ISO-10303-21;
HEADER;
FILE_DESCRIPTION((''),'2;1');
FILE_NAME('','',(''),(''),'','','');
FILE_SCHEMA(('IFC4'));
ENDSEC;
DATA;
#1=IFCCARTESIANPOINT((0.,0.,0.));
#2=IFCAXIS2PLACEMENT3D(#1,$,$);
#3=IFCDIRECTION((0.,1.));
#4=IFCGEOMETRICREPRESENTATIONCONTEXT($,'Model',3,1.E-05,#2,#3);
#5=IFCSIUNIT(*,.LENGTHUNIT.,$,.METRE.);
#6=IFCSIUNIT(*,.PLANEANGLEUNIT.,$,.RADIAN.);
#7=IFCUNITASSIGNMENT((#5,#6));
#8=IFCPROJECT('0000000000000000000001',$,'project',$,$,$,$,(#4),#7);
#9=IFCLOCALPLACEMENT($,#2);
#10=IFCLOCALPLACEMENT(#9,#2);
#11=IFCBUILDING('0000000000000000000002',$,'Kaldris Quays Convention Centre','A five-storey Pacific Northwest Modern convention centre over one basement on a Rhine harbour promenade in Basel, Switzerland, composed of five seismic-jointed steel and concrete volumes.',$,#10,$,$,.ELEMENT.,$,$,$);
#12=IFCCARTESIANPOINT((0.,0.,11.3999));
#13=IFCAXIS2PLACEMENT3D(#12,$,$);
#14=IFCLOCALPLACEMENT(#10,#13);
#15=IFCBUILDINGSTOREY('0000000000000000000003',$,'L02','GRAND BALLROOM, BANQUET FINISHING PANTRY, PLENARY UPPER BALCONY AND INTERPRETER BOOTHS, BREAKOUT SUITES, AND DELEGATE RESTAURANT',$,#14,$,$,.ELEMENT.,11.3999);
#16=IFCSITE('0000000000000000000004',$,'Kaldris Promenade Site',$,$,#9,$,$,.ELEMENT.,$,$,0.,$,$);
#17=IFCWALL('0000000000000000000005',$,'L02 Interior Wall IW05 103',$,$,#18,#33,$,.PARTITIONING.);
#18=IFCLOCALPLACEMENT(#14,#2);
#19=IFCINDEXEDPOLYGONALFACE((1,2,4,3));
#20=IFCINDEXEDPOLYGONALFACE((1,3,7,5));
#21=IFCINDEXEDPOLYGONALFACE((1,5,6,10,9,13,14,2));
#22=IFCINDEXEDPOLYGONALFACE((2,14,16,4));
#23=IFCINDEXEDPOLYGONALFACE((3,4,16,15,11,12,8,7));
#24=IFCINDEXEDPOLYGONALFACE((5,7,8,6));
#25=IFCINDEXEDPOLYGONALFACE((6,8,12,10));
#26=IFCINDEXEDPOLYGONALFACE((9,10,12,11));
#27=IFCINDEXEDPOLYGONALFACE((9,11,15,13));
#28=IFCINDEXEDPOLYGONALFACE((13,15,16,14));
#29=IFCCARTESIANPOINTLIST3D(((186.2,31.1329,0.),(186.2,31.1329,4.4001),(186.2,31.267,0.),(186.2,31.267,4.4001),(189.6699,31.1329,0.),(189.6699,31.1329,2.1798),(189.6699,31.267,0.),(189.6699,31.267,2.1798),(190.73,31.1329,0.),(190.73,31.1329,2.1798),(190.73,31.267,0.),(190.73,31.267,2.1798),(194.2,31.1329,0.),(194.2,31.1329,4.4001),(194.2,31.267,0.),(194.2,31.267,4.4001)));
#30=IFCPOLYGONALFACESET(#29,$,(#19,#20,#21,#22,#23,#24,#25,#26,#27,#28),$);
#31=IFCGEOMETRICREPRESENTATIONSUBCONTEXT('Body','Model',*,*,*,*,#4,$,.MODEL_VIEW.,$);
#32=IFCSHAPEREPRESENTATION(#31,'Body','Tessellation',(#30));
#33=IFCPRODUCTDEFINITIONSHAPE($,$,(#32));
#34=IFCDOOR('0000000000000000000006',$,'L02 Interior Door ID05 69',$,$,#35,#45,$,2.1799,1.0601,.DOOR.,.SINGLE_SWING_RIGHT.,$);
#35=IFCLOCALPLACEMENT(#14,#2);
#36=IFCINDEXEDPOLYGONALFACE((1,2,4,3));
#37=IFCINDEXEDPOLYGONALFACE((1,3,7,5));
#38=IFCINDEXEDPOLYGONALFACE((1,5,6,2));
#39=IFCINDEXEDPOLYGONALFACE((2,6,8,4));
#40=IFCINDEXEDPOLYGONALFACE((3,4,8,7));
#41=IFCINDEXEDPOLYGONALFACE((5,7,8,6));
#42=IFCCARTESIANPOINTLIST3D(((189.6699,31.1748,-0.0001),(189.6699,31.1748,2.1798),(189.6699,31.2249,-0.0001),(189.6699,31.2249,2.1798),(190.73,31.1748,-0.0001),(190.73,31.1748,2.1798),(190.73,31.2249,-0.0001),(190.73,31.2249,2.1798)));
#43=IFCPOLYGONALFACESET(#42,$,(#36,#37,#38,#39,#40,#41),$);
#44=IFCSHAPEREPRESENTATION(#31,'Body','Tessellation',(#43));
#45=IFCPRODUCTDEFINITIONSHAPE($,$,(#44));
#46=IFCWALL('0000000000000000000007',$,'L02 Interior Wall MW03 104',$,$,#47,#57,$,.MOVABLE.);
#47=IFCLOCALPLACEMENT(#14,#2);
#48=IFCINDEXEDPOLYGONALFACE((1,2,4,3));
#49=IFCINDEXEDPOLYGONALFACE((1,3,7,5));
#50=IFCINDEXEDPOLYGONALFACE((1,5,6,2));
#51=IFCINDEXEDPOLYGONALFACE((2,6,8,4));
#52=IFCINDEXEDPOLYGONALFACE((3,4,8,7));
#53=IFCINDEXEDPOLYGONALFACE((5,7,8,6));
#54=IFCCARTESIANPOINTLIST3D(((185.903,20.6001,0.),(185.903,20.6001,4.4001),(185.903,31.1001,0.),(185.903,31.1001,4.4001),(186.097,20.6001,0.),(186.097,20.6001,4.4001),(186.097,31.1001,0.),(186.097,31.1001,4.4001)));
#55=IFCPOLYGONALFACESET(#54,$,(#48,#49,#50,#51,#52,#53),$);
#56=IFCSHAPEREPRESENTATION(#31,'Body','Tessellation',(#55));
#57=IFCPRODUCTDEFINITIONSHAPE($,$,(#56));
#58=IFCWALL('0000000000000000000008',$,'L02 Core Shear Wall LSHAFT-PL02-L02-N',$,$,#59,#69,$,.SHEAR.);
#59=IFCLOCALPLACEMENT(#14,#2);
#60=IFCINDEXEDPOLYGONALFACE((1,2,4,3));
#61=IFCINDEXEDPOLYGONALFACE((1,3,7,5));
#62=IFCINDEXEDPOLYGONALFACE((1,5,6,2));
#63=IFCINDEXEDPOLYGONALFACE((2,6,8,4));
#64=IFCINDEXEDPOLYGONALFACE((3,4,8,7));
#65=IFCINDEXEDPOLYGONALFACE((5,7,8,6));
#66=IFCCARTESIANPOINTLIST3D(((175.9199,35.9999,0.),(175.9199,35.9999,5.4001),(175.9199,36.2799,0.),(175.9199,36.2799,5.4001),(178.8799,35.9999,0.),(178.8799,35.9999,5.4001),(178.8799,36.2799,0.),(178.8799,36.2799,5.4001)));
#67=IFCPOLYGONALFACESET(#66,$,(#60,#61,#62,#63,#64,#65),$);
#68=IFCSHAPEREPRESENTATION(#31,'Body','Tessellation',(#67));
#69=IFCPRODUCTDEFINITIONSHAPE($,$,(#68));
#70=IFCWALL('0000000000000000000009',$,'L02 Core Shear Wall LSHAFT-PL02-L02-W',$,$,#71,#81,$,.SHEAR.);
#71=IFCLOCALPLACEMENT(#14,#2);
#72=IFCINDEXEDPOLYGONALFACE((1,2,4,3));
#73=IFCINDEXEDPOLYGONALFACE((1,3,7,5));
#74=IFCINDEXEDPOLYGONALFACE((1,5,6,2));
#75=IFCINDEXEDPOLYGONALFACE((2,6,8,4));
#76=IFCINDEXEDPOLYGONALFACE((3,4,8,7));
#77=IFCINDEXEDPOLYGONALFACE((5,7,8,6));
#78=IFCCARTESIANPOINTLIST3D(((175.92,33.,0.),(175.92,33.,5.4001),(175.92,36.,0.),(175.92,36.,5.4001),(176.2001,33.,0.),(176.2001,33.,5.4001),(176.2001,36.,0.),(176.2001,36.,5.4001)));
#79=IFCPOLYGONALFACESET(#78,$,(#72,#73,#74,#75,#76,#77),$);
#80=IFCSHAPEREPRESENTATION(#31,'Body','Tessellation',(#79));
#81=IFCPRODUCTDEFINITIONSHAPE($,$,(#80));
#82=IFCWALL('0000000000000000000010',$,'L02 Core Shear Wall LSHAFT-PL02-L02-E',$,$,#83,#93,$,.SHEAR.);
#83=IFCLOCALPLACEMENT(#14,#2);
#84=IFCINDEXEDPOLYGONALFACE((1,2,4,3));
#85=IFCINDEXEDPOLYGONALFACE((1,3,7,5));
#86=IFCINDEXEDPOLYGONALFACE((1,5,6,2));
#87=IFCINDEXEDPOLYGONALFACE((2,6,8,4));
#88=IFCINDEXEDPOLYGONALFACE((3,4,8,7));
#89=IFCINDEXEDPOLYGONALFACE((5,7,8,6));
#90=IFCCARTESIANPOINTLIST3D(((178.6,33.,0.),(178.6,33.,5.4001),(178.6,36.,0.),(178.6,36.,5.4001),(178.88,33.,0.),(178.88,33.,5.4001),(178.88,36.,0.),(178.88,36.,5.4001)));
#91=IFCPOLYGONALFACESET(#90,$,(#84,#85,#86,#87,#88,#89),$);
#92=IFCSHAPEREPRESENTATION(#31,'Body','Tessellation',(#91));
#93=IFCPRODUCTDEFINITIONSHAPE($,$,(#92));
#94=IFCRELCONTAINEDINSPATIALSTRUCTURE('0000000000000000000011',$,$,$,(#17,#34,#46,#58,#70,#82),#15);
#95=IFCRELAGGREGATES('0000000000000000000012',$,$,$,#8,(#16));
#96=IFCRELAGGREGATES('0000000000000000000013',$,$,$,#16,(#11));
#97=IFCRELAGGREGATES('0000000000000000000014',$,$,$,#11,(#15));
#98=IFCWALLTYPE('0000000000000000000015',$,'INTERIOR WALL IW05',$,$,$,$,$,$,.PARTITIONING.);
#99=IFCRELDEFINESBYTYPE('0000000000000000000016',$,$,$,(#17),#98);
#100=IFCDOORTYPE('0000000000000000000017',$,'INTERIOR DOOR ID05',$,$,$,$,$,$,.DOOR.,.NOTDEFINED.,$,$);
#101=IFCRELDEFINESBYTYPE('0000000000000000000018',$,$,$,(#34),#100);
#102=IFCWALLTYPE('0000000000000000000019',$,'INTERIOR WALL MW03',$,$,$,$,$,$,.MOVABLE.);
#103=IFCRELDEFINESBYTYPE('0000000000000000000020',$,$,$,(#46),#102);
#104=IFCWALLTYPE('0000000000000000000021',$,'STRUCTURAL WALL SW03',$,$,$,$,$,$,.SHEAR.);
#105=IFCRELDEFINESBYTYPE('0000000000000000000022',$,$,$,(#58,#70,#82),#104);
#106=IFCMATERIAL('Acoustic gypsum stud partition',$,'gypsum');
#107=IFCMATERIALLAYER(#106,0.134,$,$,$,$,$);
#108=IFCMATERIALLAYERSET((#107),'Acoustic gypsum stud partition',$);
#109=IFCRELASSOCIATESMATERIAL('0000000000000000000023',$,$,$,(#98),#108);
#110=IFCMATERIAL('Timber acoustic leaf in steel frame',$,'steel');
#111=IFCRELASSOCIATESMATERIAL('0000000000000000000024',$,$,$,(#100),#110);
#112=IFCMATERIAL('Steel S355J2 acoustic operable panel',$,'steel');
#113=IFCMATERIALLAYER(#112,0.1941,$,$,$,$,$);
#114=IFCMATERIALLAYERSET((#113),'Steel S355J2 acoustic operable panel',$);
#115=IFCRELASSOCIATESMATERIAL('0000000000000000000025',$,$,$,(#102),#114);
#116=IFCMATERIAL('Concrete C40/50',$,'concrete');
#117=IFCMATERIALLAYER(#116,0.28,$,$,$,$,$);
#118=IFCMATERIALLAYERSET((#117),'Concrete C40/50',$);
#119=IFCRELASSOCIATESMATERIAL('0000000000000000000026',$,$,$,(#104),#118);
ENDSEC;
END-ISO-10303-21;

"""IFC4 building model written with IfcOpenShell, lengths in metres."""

from ifc_helpers import new_model, si_unit, direction, frame, frame_2d, origin, place, context, subcontext, project, spatial, rectangle, extrude, material, layer, layer_set, type_object, element, fill, save


model = new_model("IFC4")

# Units and contexts
model_context = context("Model", 3, precision=1e-05, world=origin(), true_north=direction((0.0, 1.0)))
body_context = subcontext(model_context, "Body", "Model", "MODEL_VIEW")
ifc_project = project(units=[si_unit("LENGTHUNIT", "METRE"), si_unit("PLANEANGLEUNIT", "RADIAN")], contexts=[model_context])

# Site, building, storey
site_placement = place(None, origin())
site = spatial("IfcSite", under=ifc_project, at=site_placement, Name="Kaldris Promenade Site", CompositionType="ELEMENT", RefElevation=0.0)
building_placement = place(site_placement, origin())
building = spatial("IfcBuilding", under=site, at=building_placement, Name="Kaldris Quays Convention Centre", Description="A five-storey Pacific Northwest Modern convention centre over one basement on a Rhine harbour promenade in Basel, Switzerland, composed of five seismic-jointed steel and concrete volumes.", CompositionType="ELEMENT")
storey_placement = place(building_placement, frame((0.0, 0.0, 11.3999)))
storey = spatial("IfcBuildingStorey", under=building, at=storey_placement, Name="L02", Description="GRAND BALLROOM, BANQUET FINISHING PANTRY, PLENARY UPPER BALCONY AND INTERPRETER BOOTHS, BREAKOUT SUITES, AND DELEGATE RESTAURANT", CompositionType="ELEMENT", Elevation=11.3999)

# Wall, opening, door
ifc_material_1 = material(Name="Acoustic gypsum stud partition", Category="gypsum")
ifc_layer_1 = layer(ifc_material_1, 0.134)
ifc_layer_set_1 = layer_set([ifc_layer_1], Name="Acoustic gypsum stud partition")
wall_type_1 = type_object("IfcWallType", Name="INTERIOR WALL IW05", PredefinedType="PARTITIONING", material=ifc_layer_set_1)
wall_1_placement = place(storey_placement, frame((186.2, 31.2, 0.0), z_axis=(0.0, 0.0, 1.0), x_axis=(1.0, 0.0, 0.0)))
wall_1 = element("IfcWall", 1, at=wall_1_placement, inside=storey, type_object=wall_type_1, Name="L02 Interior Wall IW05 103", PredefinedType="PARTITIONING", context=body_context, shape_type="SweptSolid", body=[
    extrude(rectangle(XDim=8.0, YDim=0.134, at=frame_2d((4.0, 0.0))), origin(), (0.0, 0.0, 1.0), 4.4001),
])
opening_placement = place(wall_1_placement, frame((3.47, 0.0, 0.0)))
opening = element("IfcOpeningElement", 2, at=opening_placement, cuts=wall_1, PredefinedType="OPENING", context=body_context, shape_type="SweptSolid", body=[
    extrude(rectangle(XDim=1.0601, YDim=2.1799, at=frame_2d((0.53, 1.0898))), frame((0.0, 0.0771, 0.0), z_axis=(0.0, -1.0, 0.0), x_axis=(1.0, 0.0, 0.0)), (0.0, 0.0, 1.0), 0.1541),
])
ifc_material_2 = material(Name="Timber acoustic leaf in steel frame", Category="steel")
door_type = type_object("IfcDoorType", Name="INTERIOR DOOR ID05", OperationType="NOTDEFINED", PredefinedType="DOOR", material=ifc_material_2)
door_placement = place(opening_placement, origin())
door = element("IfcDoor", 3, at=door_placement, inside=storey, type_object=door_type, Name="L02 Interior Door ID05 69", OperationType="SINGLE_SWING_RIGHT", OverallHeight=2.1799, OverallWidth=1.0601, PredefinedType="DOOR", context=body_context, shape_type="SweptSolid", body=[
    extrude(rectangle(XDim=1.0601, YDim=2.1799, at=frame_2d((0.53, 1.0898))), frame((0.0, 0.0249, 0.0), z_axis=(0.0, -1.0, 0.0), x_axis=(1.0, 0.0, 0.0)), (0.0, 0.0, 1.0), 0.05),
])
fill(opening, door)

# Walls
ifc_material_3 = material(Name="Steel S355J2 acoustic operable panel", Category="steel")
ifc_layer_2 = layer(ifc_material_3, 0.1941)
ifc_layer_set_2 = layer_set([ifc_layer_2], Name="Steel S355J2 acoustic operable panel")
wall_type_2 = type_object("IfcWallType", Name="INTERIOR WALL MW03", PredefinedType="MOVABLE", material=ifc_layer_set_2)
wall_2_placement = place(storey_placement, frame((186.0, 20.6001, 0.0), z_axis=(0.0, 0.0, 1.0), x_axis=(0.0, 1.0, 0.0)))
element("IfcWall", 4, at=wall_2_placement, inside=storey, type_object=wall_type_2, Name="L02 Interior Wall MW03 104", PredefinedType="MOVABLE", context=body_context, shape_type="SweptSolid", body=[
    extrude(rectangle(XDim=10.5, YDim=0.1941, at=frame_2d((5.25, 0.0))), origin(), (0.0, 0.0, 1.0), 4.4001),
])
ifc_material_4 = material(Name="Concrete C40/50", Category="concrete")
ifc_layer_3 = layer(ifc_material_4, 0.28)
ifc_layer_set_3 = layer_set([ifc_layer_3], Name="Concrete C40/50")
wall_type_3 = type_object("IfcWallType", Name="STRUCTURAL WALL SW03", PredefinedType="SHEAR", material=ifc_layer_set_3)
wall_3_placement = place(storey_placement, frame((175.9199, 36.1399, 0.0), z_axis=(0.0, 0.0, 1.0), x_axis=(1.0, 0.0, 0.0)))
element("IfcWall", 5, at=wall_3_placement, inside=storey, type_object=wall_type_3, Name="L02 Core Shear Wall LSHAFT-PL02-L02-N", PredefinedType="SHEAR", context=body_context, shape_type="SweptSolid", body=[
    extrude(rectangle(XDim=2.96, YDim=0.28, at=frame_2d((1.48, 0.0))), origin(), (0.0, 0.0, 1.0), 5.4001),
])
for number, where, z_axis, x_axis, name in (
    (6, (176.0601, 33.0, 0.0), (0.0, 0.0, 1.0), (0.0, 1.0, 0.0), "L02 Core Shear Wall LSHAFT-PL02-L02-W"),
    (7, (178.74, 33.0, 0.0), (0.0, 0.0, 1.0), (0.0, 1.0, 0.0), "L02 Core Shear Wall LSHAFT-PL02-L02-E"),
):
    element("IfcWall", number, at=place(storey_placement, frame(where, z_axis=z_axis, x_axis=x_axis)), inside=storey, type_object=wall_type_3, Name=name, PredefinedType="SHEAR", context=body_context, shape_type="SweptSolid", body=[
        extrude(rectangle(XDim=3.0, YDim=0.28, at=frame_2d((1.5, 0.0))), origin(), (0.0, 0.0, 1.0), 5.4001),
    ])

save(model, "model.ifc")
